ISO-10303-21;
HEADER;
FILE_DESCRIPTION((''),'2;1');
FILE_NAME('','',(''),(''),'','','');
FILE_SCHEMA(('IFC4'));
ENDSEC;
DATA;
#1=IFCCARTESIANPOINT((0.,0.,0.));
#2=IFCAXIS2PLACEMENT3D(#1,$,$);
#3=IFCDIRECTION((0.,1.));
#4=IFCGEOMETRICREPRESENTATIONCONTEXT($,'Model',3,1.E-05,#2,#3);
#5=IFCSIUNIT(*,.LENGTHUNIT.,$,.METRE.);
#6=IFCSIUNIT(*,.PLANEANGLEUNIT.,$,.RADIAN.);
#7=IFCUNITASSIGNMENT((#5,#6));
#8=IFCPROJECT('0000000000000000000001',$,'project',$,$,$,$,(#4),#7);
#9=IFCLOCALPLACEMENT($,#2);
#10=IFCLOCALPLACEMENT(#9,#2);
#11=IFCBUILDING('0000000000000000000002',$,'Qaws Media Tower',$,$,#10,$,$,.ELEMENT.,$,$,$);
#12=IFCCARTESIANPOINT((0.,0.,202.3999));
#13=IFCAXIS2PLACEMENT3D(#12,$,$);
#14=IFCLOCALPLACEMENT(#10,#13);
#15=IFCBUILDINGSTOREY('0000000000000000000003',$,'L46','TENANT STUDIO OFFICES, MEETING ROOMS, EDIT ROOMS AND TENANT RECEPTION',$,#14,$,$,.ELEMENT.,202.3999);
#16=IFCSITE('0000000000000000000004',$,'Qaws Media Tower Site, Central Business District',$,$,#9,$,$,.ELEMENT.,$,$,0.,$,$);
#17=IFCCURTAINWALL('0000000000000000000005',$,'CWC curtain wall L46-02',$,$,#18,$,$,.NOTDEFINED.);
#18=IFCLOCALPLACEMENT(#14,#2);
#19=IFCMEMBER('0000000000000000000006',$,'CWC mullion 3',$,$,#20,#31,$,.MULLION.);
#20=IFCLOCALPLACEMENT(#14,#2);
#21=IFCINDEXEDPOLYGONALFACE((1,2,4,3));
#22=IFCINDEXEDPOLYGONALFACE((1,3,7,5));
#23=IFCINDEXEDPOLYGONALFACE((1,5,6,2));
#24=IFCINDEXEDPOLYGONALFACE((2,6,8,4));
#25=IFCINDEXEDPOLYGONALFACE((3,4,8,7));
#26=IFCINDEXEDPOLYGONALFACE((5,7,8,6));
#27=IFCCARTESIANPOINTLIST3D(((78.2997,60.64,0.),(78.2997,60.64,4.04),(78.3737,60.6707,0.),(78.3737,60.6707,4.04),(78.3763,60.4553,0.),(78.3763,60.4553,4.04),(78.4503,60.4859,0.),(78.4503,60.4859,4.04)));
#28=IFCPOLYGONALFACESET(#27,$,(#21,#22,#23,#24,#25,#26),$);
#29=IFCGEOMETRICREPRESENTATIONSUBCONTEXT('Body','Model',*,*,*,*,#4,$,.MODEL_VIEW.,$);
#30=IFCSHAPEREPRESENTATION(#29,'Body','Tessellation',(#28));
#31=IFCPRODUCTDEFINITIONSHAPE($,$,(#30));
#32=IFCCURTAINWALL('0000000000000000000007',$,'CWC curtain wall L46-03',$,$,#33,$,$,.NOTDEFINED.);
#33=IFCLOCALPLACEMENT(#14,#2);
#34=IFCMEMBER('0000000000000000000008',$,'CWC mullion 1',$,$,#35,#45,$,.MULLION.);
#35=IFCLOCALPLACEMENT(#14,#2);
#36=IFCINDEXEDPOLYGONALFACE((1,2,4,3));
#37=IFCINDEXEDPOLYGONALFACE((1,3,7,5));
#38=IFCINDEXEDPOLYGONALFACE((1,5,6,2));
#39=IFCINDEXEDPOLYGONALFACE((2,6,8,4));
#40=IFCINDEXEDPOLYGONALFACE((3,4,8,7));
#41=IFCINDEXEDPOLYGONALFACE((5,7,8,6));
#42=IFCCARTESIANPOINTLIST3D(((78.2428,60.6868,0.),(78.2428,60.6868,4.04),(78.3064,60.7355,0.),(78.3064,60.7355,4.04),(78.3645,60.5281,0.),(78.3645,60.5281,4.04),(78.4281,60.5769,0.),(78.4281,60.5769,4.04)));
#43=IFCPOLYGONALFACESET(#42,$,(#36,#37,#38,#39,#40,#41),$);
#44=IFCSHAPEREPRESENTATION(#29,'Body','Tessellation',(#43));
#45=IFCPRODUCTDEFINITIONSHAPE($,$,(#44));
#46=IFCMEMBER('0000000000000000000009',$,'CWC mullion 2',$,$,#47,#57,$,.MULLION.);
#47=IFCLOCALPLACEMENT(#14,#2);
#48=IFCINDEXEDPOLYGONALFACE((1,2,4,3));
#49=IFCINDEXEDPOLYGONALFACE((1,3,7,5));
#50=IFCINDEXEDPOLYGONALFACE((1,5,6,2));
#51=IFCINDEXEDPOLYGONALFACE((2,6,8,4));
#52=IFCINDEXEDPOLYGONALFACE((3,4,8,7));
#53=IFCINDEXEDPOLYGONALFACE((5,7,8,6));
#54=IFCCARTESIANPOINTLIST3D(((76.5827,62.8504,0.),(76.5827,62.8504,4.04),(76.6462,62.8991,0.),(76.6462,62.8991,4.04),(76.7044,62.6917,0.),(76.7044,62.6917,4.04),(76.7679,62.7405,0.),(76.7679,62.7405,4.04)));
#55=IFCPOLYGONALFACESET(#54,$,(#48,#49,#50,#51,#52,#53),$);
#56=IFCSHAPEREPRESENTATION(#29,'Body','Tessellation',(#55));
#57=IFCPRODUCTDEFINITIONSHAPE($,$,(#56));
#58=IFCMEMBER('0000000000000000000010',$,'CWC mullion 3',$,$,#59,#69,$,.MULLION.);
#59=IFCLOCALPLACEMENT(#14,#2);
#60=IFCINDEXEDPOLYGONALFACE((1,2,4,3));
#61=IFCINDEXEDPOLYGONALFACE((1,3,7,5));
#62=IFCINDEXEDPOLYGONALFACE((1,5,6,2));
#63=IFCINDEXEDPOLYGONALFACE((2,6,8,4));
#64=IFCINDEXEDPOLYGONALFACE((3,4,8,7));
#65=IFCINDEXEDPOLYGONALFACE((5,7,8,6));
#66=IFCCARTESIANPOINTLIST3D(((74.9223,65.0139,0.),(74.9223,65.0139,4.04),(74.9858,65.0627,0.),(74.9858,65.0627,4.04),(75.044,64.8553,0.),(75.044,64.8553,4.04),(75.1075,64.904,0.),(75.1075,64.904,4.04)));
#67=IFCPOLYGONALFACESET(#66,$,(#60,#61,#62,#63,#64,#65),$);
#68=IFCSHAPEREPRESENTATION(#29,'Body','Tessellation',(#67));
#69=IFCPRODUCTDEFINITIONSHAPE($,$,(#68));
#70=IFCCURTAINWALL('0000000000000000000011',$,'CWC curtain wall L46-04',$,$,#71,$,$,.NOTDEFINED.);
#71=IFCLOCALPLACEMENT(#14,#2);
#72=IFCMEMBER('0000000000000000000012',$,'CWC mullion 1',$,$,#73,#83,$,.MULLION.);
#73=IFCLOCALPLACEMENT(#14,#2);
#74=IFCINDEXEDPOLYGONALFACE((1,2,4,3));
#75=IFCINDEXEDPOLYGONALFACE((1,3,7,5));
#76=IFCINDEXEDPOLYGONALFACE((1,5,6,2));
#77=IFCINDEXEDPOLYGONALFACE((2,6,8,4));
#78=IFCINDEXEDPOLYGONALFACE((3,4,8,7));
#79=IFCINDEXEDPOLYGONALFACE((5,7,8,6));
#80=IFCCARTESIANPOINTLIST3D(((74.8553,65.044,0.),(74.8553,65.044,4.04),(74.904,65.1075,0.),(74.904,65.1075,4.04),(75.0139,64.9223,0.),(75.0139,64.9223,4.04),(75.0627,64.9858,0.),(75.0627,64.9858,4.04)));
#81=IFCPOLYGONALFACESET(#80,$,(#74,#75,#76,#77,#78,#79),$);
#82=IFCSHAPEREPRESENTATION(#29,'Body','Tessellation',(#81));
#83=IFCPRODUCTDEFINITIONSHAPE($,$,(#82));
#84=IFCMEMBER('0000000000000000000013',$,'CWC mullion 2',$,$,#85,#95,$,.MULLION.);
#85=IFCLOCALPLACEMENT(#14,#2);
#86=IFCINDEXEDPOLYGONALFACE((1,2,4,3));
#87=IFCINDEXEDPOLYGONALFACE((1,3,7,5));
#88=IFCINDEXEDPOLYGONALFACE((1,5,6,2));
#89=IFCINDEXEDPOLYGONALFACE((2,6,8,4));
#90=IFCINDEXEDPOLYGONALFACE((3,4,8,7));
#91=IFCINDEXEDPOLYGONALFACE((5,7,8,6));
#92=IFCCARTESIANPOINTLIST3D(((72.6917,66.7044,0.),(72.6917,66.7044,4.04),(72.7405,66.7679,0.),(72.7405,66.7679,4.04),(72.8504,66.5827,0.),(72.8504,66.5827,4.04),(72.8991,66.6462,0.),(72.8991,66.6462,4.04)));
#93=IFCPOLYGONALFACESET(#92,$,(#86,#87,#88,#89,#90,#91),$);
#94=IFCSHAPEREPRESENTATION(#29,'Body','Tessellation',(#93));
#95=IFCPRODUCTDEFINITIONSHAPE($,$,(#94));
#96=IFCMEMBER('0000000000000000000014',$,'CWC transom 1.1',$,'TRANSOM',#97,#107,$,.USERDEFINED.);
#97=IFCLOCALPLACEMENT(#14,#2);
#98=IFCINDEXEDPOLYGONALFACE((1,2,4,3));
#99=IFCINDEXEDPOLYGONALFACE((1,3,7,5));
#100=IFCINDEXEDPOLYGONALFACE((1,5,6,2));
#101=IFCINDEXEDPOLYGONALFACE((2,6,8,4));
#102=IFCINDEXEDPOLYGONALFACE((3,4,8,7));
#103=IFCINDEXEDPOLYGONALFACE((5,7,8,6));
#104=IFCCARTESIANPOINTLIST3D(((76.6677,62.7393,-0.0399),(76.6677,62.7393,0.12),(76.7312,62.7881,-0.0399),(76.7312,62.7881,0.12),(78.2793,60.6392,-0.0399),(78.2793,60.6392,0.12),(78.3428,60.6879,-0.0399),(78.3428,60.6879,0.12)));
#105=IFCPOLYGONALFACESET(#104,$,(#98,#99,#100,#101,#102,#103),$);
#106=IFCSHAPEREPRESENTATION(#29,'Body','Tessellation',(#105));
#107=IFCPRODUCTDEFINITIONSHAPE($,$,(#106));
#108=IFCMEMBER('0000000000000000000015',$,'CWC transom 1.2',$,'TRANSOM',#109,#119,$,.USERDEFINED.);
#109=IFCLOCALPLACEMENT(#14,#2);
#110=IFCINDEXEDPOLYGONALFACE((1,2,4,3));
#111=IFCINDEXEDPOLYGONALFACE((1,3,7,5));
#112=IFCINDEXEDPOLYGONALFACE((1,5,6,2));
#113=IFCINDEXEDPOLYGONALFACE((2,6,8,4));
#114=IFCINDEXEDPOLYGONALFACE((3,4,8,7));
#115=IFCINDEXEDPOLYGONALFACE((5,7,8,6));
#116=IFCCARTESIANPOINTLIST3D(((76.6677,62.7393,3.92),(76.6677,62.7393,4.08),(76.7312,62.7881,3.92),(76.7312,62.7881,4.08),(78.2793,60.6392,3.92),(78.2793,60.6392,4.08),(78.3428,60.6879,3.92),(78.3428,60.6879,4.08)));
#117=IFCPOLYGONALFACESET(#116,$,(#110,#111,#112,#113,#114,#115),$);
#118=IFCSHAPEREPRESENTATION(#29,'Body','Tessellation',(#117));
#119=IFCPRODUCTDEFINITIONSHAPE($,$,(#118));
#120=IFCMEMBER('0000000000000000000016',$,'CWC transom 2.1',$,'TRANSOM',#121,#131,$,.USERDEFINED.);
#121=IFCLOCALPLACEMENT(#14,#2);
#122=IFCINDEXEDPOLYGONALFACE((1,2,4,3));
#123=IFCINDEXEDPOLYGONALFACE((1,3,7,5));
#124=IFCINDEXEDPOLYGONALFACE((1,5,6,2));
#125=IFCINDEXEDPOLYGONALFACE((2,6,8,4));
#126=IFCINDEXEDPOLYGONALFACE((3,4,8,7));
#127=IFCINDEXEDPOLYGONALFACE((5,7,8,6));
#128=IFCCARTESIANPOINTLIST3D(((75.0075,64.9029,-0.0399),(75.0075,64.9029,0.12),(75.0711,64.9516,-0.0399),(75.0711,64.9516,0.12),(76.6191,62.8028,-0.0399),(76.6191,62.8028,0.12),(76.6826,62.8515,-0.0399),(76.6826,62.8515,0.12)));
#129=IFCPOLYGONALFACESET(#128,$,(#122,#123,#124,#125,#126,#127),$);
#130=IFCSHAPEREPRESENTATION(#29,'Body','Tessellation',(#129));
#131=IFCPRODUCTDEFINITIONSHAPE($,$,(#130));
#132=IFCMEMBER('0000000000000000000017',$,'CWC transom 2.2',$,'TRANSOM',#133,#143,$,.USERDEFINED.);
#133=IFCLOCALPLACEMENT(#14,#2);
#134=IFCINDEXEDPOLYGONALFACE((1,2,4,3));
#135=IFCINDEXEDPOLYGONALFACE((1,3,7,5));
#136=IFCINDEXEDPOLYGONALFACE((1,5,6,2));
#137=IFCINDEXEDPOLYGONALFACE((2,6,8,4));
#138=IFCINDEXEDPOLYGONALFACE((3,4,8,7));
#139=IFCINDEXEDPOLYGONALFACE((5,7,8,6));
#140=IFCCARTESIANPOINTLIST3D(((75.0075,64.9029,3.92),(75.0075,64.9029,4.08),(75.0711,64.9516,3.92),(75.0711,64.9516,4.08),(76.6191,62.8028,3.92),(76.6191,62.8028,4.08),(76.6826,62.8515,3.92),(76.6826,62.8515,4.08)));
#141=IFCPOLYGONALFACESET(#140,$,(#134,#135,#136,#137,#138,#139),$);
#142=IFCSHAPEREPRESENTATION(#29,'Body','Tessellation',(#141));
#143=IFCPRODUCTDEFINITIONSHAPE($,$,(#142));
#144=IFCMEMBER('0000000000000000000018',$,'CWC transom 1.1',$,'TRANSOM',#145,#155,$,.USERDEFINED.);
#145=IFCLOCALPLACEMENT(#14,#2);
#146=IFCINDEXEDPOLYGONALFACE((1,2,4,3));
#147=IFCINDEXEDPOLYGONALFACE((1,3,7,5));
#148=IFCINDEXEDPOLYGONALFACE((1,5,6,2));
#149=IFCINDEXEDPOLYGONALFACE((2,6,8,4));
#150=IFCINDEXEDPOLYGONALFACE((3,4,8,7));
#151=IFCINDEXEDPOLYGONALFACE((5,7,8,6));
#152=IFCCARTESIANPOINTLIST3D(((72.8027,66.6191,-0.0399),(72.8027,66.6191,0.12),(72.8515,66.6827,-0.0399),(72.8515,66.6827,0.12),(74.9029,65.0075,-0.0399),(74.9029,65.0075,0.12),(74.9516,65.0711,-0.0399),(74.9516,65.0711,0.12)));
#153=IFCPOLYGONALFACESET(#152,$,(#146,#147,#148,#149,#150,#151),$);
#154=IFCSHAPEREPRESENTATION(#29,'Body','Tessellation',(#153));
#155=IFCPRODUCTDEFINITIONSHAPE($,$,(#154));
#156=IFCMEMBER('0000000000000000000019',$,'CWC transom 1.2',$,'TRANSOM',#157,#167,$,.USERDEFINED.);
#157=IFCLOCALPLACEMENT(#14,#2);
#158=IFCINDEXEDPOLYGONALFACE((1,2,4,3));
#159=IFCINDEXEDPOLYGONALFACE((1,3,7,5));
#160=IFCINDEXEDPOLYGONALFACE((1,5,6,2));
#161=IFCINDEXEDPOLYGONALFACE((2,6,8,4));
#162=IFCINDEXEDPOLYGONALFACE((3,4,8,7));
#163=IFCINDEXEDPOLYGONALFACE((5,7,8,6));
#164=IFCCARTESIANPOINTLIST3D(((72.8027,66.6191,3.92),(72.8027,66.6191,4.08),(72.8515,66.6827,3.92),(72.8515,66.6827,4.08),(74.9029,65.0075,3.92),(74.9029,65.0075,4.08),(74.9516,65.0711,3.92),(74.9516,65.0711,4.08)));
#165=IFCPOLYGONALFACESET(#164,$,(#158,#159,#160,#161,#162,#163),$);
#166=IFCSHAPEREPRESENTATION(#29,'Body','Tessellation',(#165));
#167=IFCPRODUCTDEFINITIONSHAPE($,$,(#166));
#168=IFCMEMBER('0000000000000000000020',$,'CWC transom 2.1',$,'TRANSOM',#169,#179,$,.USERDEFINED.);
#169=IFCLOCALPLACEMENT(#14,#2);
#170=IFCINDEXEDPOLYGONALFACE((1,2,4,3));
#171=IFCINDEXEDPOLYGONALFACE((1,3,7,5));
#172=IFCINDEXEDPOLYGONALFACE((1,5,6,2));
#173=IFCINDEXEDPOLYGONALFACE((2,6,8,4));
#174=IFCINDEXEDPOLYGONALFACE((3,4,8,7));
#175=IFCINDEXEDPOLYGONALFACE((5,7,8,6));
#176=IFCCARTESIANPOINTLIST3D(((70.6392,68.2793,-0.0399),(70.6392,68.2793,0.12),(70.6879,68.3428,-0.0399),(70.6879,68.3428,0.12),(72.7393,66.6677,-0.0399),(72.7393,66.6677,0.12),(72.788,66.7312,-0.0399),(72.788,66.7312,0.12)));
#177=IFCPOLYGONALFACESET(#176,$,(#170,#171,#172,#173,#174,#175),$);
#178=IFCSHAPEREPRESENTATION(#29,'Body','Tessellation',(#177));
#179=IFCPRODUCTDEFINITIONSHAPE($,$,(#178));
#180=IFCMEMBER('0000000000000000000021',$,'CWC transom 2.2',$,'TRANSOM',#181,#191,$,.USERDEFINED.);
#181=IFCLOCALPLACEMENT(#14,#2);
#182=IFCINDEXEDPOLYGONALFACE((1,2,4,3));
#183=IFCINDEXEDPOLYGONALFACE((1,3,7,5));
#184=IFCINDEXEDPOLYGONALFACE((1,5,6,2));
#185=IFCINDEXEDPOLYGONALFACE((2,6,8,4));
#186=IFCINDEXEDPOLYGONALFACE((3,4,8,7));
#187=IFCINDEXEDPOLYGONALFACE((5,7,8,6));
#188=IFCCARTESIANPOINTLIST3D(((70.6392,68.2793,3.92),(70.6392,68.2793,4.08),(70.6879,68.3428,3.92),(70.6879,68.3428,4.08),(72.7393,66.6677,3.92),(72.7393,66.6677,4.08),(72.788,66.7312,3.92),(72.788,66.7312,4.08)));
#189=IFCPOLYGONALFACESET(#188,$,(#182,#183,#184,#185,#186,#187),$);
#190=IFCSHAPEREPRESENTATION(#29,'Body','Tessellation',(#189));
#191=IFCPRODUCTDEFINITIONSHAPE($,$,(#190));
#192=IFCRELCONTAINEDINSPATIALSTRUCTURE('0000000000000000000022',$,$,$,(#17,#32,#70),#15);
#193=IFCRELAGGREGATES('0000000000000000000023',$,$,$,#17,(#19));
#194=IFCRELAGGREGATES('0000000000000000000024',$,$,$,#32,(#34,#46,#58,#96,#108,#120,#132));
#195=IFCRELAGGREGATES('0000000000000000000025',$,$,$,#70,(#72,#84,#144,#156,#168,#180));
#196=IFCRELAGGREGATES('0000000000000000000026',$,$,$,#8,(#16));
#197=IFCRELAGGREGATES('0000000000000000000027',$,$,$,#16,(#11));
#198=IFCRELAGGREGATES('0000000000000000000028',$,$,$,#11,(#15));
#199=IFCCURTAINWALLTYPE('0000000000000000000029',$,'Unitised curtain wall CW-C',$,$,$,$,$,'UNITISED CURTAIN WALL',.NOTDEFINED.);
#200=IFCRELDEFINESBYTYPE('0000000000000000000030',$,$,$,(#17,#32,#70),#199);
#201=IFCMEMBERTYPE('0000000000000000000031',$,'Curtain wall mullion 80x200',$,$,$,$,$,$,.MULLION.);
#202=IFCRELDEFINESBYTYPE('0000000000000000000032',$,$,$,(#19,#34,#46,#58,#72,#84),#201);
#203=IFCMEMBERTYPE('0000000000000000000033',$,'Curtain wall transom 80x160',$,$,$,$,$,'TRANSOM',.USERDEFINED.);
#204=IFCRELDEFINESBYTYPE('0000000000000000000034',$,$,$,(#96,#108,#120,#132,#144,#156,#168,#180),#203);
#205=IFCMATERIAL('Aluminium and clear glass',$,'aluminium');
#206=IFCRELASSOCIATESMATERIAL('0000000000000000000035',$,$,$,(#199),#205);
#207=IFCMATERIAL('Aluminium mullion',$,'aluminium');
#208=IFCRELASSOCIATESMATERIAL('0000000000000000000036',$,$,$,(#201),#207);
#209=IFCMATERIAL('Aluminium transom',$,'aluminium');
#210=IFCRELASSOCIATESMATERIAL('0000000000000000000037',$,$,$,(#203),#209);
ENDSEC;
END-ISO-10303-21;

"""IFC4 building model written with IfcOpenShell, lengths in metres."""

from ifc_helpers import new_model, si_unit, direction, frame, origin, origin_2d, place, context, subcontext, project, spatial, rectangle, extrude, material, material_profile, profile_set, type_object, element, aggregate, save


model = new_model("IFC4")

# Units and contexts
model_context = context("Model", 3, precision=1e-05, world=origin(), true_north=direction((0.0, 1.0)))
body_context = subcontext(model_context, "Body", "Model", "MODEL_VIEW")
ifc_project = project(units=[si_unit("LENGTHUNIT", "METRE"), si_unit("PLANEANGLEUNIT", "RADIAN")], contexts=[model_context])

# Site, building, storey
site_placement = place(None, origin())
site = spatial("IfcSite", under=ifc_project, at=site_placement, Name="Qaws Media Tower Site, Central Business District", CompositionType="ELEMENT", RefElevation=0.0)
building_placement = place(site_placement, origin())
building = spatial("IfcBuilding", under=site, at=building_placement, Name="Qaws Media Tower", CompositionType="ELEMENT")
storey_placement = place(building_placement, frame((0.0, 0.0, 202.3999)))
storey = spatial("IfcBuildingStorey", under=building, at=storey_placement, Name="L46", Description="TENANT STUDIO OFFICES, MEETING ROOMS, EDIT ROOMS AND TENANT RECEPTION", CompositionType="ELEMENT", Elevation=202.3999)

# Curtain wall, member
ifc_material_1 = material(Name="Aluminium and clear glass", Category="aluminium")
curtain_wall_type = type_object("IfcCurtainWallType", Name="Unitised curtain wall CW-C", ElementType="UNITISED CURTAIN WALL", PredefinedType="NOTDEFINED", material=ifc_material_1)
curtain_wall_1_placement = place(storey_placement, origin())
curtain_wall_1 = element("IfcCurtainWall", 1, at=curtain_wall_1_placement, inside=storey, type_object=curtain_wall_type, Name="CWC curtain wall L46-02", PredefinedType="NOTDEFINED")
ifc_material_2 = material(Name="Aluminium mullion", Category="aluminium")
ifc_material_profile_1 = material_profile(ifc_material_2, rectangle(XDim=0.0801, YDim=0.2, at=origin_2d()), Name="80x200")
ifc_profile_set_1 = profile_set([ifc_material_profile_1], Name="Aluminium mullion")
member_type_1 = type_object("IfcMemberType", Name="Curtain wall mullion 80x200", PredefinedType="MULLION", material=ifc_profile_set_1)
member_1_placement = place(storey_placement, frame((78.375, 60.563, 0.0), z_axis=(0.0, 0.0, 1.0), x_axis=(-0.92388, -0.382683, 0.0)))
member_1 = element("IfcMember", 2, at=member_1_placement, type_object=member_type_1, Name="CWC mullion 3", PredefinedType="MULLION", context=body_context, shape_type="SweptSolid", body=[
    extrude(rectangle(XDim=0.0801, YDim=0.2, at=origin_2d()), origin(), (0.0, 0.0, 1.0), 4.04),
])

# Curtain walls, members
curtain_wall_2_placement = place(storey_placement, origin())
curtain_wall_2 = element("IfcCurtainWall", 3, at=curtain_wall_2_placement, inside=storey, type_object=curtain_wall_type, Name="CWC curtain wall L46-03", PredefinedType="NOTDEFINED")
member_2_placement = place(storey_placement, frame((78.3354, 60.6318, 0.0), z_axis=(0.0, 0.0, 1.0), x_axis=(-0.793353, -0.608761, 0.0)))
member_2 = element("IfcMember", 4, at=member_2_placement, type_object=member_type_1, Name="CWC mullion 1", PredefinedType="MULLION", context=body_context, shape_type="SweptSolid", body=[
    extrude(rectangle(XDim=0.0801, YDim=0.2, at=origin_2d()), origin(), (0.0, 0.0, 1.0), 4.04),
])
member_3_placement = place(storey_placement, frame((76.6753, 62.7954, 0.0), z_axis=(0.0, 0.0, 1.0), x_axis=(-0.793353, -0.608761, 0.0)))
member_3 = element("IfcMember", 5, at=member_3_placement, type_object=member_type_1, Name="CWC mullion 2", PredefinedType="MULLION", context=body_context, shape_type="SweptSolid", body=[
    extrude(rectangle(XDim=0.0801, YDim=0.2, at=origin_2d()), origin(), (0.0, 0.0, 1.0), 4.04),
])
member_4_placement = place(storey_placement, frame((75.0149, 64.959, 0.0), z_axis=(0.0, 0.0, 1.0), x_axis=(-0.793353, -0.608761, 0.0)))
member_4 = element("IfcMember", 6, at=member_4_placement, type_object=member_type_1, Name="CWC mullion 3", PredefinedType="MULLION", context=body_context, shape_type="SweptSolid", body=[
    extrude(rectangle(XDim=0.0801, YDim=0.2, at=origin_2d()), origin(), (0.0, 0.0, 1.0), 4.04),
])
curtain_wall_3_placement = place(storey_placement, origin())
curtain_wall_3 = element("IfcCurtainWall", 7, at=curtain_wall_3_placement, inside=storey, type_object=curtain_wall_type, Name="CWC curtain wall L46-04", PredefinedType="NOTDEFINED")
member_5_placement = place(storey_placement, frame((74.959, 65.0149, 0.0), z_axis=(0.0, 0.0, 1.0), x_axis=(-0.608761, -0.793353, 0.0)))
member_5 = element("IfcMember", 8, at=member_5_placement, type_object=member_type_1, Name="CWC mullion 1", PredefinedType="MULLION", context=body_context, shape_type="SweptSolid", body=[
    extrude(rectangle(XDim=0.0801, YDim=0.2, at=origin_2d()), origin(), (0.0, 0.0, 1.0), 4.04),
])
member_6_placement = place(storey_placement, frame((72.7954, 66.6753, 0.0), z_axis=(0.0, 0.0, 1.0), x_axis=(-0.608761, -0.793353, 0.0)))
member_6 = element("IfcMember", 9, at=member_6_placement, type_object=member_type_1, Name="CWC mullion 2", PredefinedType="MULLION", context=body_context, shape_type="SweptSolid", body=[
    extrude(rectangle(XDim=0.0801, YDim=0.2, at=origin_2d()), origin(), (0.0, 0.0, 1.0), 4.04),
])

# Members
ifc_material_3 = material(Name="Aluminium transom", Category="aluminium")
ifc_material_profile_2 = material_profile(ifc_material_3, rectangle(XDim=0.0801, YDim=0.1599, at=origin_2d()), Name="80x160")
ifc_profile_set_2 = profile_set([ifc_material_profile_2], Name="Aluminium transom")
member_type_2 = type_object("IfcMemberType", Name="Curtain wall transom 80x160", ElementType="TRANSOM", PredefinedType="USERDEFINED", material=ifc_profile_set_2)
member_7_placement = place(storey_placement, frame((78.311, 60.6636, 0.04), z_axis=(-0.608788, 0.793333, 0.0), x_axis=(-0.793333, -0.608788, 0.0)))
member_7 = element("IfcMember", 10, at=member_7_placement, type_object=member_type_2, Name="CWC transom 1.1", ObjectType="TRANSOM", PredefinedType="USERDEFINED", context=body_context, shape_type="SweptSolid", body=[
    extrude(rectangle(XDim=0.0801, YDim=0.1599, at=origin_2d()), origin(), (0.0, 0.0, 1.0), 2.6472),
])
member_8_placement = place(storey_placement, frame((78.311, 60.6636, 4.0), z_axis=(-0.608788, 0.793333, 0.0), x_axis=(-0.793333, -0.608788, 0.0)))
member_8 = element("IfcMember", 11, at=member_8_placement, type_object=member_type_2, Name="CWC transom 1.2", ObjectType="TRANSOM", PredefinedType="USERDEFINED", context=body_context, shape_type="SweptSolid", body=[
    extrude(rectangle(XDim=0.0801, YDim=0.1599, at=origin_2d()), origin(), (0.0, 0.0, 1.0), 2.6472),
])
member_9_placement = place(storey_placement, frame((76.6509, 62.8271, 0.04), z_axis=(-0.608788, 0.793333, 0.0), x_axis=(-0.793333, -0.608788, 0.0)))
member_9 = element("IfcMember", 12, at=member_9_placement, type_object=member_type_2, Name="CWC transom 2.1", ObjectType="TRANSOM", PredefinedType="USERDEFINED", context=body_context, shape_type="SweptSolid", body=[
    extrude(rectangle(XDim=0.0801, YDim=0.1599, at=origin_2d()), origin(), (0.0, 0.0, 1.0), 2.6472),
])
member_10_placement = place(storey_placement, frame((76.6509, 62.8271, 4.0), z_axis=(-0.608788, 0.793333, 0.0), x_axis=(-0.793333, -0.608788, 0.0)))
member_10 = element("IfcMember", 13, at=member_10_placement, type_object=member_type_2, Name="CWC transom 2.2", ObjectType="TRANSOM", PredefinedType="USERDEFINED", context=body_context, shape_type="SweptSolid", body=[
    extrude(rectangle(XDim=0.0801, YDim=0.1599, at=origin_2d()), origin(), (0.0, 0.0, 1.0), 2.6472),
])
member_11_placement = place(storey_placement, frame((74.9272, 65.0393, 0.04), z_axis=(-0.793333, 0.608788, 0.0), x_axis=(-0.608788, -0.793333, 0.0)))
member_11 = element("IfcMember", 14, at=member_11_placement, type_object=member_type_2, Name="CWC transom 1.1", ObjectType="TRANSOM", PredefinedType="USERDEFINED", context=body_context, shape_type="SweptSolid", body=[
    extrude(rectangle(XDim=0.0801, YDim=0.1599, at=origin_2d()), origin(), (0.0, 0.0, 1.0), 2.6472),
])
member_12_placement = place(storey_placement, frame((74.9272, 65.0393, 4.0), z_axis=(-0.793333, 0.608788, 0.0), x_axis=(-0.608788, -0.793333, 0.0)))
member_12 = element("IfcMember", 15, at=member_12_placement, type_object=member_type_2, Name="CWC transom 1.2", ObjectType="TRANSOM", PredefinedType="USERDEFINED", context=body_context, shape_type="SweptSolid", body=[
    extrude(rectangle(XDim=0.0801, YDim=0.1599, at=origin_2d()), origin(), (0.0, 0.0, 1.0), 2.6472),
])
member_13_placement = place(storey_placement, frame((72.7637, 66.6995, 0.04), z_axis=(-0.793333, 0.608788, 0.0), x_axis=(-0.608788, -0.793333, 0.0)))
member_13 = element("IfcMember", 16, at=member_13_placement, type_object=member_type_2, Name="CWC transom 2.1", ObjectType="TRANSOM", PredefinedType="USERDEFINED", context=body_context, shape_type="SweptSolid", body=[
    extrude(rectangle(XDim=0.0801, YDim=0.1599, at=origin_2d()), origin(), (0.0, 0.0, 1.0), 2.6472),
])
member_14_placement = place(storey_placement, frame((72.7637, 66.6995, 4.0), z_axis=(-0.793333, 0.608788, 0.0), x_axis=(-0.608788, -0.793333, 0.0)))
member_14 = element("IfcMember", 17, at=member_14_placement, type_object=member_type_2, Name="CWC transom 2.2", ObjectType="TRANSOM", PredefinedType="USERDEFINED", context=body_context, shape_type="SweptSolid", body=[
    extrude(rectangle(XDim=0.0801, YDim=0.1599, at=origin_2d()), origin(), (0.0, 0.0, 1.0), 2.6472),
])

aggregate(curtain_wall_1, [member_1])
aggregate(curtain_wall_2, [member_2, member_3, member_4, member_7, member_8, member_9, member_10])
aggregate(curtain_wall_3, [member_5, member_6, member_11, member_12, member_13, member_14])

save(model, "model.ifc")
